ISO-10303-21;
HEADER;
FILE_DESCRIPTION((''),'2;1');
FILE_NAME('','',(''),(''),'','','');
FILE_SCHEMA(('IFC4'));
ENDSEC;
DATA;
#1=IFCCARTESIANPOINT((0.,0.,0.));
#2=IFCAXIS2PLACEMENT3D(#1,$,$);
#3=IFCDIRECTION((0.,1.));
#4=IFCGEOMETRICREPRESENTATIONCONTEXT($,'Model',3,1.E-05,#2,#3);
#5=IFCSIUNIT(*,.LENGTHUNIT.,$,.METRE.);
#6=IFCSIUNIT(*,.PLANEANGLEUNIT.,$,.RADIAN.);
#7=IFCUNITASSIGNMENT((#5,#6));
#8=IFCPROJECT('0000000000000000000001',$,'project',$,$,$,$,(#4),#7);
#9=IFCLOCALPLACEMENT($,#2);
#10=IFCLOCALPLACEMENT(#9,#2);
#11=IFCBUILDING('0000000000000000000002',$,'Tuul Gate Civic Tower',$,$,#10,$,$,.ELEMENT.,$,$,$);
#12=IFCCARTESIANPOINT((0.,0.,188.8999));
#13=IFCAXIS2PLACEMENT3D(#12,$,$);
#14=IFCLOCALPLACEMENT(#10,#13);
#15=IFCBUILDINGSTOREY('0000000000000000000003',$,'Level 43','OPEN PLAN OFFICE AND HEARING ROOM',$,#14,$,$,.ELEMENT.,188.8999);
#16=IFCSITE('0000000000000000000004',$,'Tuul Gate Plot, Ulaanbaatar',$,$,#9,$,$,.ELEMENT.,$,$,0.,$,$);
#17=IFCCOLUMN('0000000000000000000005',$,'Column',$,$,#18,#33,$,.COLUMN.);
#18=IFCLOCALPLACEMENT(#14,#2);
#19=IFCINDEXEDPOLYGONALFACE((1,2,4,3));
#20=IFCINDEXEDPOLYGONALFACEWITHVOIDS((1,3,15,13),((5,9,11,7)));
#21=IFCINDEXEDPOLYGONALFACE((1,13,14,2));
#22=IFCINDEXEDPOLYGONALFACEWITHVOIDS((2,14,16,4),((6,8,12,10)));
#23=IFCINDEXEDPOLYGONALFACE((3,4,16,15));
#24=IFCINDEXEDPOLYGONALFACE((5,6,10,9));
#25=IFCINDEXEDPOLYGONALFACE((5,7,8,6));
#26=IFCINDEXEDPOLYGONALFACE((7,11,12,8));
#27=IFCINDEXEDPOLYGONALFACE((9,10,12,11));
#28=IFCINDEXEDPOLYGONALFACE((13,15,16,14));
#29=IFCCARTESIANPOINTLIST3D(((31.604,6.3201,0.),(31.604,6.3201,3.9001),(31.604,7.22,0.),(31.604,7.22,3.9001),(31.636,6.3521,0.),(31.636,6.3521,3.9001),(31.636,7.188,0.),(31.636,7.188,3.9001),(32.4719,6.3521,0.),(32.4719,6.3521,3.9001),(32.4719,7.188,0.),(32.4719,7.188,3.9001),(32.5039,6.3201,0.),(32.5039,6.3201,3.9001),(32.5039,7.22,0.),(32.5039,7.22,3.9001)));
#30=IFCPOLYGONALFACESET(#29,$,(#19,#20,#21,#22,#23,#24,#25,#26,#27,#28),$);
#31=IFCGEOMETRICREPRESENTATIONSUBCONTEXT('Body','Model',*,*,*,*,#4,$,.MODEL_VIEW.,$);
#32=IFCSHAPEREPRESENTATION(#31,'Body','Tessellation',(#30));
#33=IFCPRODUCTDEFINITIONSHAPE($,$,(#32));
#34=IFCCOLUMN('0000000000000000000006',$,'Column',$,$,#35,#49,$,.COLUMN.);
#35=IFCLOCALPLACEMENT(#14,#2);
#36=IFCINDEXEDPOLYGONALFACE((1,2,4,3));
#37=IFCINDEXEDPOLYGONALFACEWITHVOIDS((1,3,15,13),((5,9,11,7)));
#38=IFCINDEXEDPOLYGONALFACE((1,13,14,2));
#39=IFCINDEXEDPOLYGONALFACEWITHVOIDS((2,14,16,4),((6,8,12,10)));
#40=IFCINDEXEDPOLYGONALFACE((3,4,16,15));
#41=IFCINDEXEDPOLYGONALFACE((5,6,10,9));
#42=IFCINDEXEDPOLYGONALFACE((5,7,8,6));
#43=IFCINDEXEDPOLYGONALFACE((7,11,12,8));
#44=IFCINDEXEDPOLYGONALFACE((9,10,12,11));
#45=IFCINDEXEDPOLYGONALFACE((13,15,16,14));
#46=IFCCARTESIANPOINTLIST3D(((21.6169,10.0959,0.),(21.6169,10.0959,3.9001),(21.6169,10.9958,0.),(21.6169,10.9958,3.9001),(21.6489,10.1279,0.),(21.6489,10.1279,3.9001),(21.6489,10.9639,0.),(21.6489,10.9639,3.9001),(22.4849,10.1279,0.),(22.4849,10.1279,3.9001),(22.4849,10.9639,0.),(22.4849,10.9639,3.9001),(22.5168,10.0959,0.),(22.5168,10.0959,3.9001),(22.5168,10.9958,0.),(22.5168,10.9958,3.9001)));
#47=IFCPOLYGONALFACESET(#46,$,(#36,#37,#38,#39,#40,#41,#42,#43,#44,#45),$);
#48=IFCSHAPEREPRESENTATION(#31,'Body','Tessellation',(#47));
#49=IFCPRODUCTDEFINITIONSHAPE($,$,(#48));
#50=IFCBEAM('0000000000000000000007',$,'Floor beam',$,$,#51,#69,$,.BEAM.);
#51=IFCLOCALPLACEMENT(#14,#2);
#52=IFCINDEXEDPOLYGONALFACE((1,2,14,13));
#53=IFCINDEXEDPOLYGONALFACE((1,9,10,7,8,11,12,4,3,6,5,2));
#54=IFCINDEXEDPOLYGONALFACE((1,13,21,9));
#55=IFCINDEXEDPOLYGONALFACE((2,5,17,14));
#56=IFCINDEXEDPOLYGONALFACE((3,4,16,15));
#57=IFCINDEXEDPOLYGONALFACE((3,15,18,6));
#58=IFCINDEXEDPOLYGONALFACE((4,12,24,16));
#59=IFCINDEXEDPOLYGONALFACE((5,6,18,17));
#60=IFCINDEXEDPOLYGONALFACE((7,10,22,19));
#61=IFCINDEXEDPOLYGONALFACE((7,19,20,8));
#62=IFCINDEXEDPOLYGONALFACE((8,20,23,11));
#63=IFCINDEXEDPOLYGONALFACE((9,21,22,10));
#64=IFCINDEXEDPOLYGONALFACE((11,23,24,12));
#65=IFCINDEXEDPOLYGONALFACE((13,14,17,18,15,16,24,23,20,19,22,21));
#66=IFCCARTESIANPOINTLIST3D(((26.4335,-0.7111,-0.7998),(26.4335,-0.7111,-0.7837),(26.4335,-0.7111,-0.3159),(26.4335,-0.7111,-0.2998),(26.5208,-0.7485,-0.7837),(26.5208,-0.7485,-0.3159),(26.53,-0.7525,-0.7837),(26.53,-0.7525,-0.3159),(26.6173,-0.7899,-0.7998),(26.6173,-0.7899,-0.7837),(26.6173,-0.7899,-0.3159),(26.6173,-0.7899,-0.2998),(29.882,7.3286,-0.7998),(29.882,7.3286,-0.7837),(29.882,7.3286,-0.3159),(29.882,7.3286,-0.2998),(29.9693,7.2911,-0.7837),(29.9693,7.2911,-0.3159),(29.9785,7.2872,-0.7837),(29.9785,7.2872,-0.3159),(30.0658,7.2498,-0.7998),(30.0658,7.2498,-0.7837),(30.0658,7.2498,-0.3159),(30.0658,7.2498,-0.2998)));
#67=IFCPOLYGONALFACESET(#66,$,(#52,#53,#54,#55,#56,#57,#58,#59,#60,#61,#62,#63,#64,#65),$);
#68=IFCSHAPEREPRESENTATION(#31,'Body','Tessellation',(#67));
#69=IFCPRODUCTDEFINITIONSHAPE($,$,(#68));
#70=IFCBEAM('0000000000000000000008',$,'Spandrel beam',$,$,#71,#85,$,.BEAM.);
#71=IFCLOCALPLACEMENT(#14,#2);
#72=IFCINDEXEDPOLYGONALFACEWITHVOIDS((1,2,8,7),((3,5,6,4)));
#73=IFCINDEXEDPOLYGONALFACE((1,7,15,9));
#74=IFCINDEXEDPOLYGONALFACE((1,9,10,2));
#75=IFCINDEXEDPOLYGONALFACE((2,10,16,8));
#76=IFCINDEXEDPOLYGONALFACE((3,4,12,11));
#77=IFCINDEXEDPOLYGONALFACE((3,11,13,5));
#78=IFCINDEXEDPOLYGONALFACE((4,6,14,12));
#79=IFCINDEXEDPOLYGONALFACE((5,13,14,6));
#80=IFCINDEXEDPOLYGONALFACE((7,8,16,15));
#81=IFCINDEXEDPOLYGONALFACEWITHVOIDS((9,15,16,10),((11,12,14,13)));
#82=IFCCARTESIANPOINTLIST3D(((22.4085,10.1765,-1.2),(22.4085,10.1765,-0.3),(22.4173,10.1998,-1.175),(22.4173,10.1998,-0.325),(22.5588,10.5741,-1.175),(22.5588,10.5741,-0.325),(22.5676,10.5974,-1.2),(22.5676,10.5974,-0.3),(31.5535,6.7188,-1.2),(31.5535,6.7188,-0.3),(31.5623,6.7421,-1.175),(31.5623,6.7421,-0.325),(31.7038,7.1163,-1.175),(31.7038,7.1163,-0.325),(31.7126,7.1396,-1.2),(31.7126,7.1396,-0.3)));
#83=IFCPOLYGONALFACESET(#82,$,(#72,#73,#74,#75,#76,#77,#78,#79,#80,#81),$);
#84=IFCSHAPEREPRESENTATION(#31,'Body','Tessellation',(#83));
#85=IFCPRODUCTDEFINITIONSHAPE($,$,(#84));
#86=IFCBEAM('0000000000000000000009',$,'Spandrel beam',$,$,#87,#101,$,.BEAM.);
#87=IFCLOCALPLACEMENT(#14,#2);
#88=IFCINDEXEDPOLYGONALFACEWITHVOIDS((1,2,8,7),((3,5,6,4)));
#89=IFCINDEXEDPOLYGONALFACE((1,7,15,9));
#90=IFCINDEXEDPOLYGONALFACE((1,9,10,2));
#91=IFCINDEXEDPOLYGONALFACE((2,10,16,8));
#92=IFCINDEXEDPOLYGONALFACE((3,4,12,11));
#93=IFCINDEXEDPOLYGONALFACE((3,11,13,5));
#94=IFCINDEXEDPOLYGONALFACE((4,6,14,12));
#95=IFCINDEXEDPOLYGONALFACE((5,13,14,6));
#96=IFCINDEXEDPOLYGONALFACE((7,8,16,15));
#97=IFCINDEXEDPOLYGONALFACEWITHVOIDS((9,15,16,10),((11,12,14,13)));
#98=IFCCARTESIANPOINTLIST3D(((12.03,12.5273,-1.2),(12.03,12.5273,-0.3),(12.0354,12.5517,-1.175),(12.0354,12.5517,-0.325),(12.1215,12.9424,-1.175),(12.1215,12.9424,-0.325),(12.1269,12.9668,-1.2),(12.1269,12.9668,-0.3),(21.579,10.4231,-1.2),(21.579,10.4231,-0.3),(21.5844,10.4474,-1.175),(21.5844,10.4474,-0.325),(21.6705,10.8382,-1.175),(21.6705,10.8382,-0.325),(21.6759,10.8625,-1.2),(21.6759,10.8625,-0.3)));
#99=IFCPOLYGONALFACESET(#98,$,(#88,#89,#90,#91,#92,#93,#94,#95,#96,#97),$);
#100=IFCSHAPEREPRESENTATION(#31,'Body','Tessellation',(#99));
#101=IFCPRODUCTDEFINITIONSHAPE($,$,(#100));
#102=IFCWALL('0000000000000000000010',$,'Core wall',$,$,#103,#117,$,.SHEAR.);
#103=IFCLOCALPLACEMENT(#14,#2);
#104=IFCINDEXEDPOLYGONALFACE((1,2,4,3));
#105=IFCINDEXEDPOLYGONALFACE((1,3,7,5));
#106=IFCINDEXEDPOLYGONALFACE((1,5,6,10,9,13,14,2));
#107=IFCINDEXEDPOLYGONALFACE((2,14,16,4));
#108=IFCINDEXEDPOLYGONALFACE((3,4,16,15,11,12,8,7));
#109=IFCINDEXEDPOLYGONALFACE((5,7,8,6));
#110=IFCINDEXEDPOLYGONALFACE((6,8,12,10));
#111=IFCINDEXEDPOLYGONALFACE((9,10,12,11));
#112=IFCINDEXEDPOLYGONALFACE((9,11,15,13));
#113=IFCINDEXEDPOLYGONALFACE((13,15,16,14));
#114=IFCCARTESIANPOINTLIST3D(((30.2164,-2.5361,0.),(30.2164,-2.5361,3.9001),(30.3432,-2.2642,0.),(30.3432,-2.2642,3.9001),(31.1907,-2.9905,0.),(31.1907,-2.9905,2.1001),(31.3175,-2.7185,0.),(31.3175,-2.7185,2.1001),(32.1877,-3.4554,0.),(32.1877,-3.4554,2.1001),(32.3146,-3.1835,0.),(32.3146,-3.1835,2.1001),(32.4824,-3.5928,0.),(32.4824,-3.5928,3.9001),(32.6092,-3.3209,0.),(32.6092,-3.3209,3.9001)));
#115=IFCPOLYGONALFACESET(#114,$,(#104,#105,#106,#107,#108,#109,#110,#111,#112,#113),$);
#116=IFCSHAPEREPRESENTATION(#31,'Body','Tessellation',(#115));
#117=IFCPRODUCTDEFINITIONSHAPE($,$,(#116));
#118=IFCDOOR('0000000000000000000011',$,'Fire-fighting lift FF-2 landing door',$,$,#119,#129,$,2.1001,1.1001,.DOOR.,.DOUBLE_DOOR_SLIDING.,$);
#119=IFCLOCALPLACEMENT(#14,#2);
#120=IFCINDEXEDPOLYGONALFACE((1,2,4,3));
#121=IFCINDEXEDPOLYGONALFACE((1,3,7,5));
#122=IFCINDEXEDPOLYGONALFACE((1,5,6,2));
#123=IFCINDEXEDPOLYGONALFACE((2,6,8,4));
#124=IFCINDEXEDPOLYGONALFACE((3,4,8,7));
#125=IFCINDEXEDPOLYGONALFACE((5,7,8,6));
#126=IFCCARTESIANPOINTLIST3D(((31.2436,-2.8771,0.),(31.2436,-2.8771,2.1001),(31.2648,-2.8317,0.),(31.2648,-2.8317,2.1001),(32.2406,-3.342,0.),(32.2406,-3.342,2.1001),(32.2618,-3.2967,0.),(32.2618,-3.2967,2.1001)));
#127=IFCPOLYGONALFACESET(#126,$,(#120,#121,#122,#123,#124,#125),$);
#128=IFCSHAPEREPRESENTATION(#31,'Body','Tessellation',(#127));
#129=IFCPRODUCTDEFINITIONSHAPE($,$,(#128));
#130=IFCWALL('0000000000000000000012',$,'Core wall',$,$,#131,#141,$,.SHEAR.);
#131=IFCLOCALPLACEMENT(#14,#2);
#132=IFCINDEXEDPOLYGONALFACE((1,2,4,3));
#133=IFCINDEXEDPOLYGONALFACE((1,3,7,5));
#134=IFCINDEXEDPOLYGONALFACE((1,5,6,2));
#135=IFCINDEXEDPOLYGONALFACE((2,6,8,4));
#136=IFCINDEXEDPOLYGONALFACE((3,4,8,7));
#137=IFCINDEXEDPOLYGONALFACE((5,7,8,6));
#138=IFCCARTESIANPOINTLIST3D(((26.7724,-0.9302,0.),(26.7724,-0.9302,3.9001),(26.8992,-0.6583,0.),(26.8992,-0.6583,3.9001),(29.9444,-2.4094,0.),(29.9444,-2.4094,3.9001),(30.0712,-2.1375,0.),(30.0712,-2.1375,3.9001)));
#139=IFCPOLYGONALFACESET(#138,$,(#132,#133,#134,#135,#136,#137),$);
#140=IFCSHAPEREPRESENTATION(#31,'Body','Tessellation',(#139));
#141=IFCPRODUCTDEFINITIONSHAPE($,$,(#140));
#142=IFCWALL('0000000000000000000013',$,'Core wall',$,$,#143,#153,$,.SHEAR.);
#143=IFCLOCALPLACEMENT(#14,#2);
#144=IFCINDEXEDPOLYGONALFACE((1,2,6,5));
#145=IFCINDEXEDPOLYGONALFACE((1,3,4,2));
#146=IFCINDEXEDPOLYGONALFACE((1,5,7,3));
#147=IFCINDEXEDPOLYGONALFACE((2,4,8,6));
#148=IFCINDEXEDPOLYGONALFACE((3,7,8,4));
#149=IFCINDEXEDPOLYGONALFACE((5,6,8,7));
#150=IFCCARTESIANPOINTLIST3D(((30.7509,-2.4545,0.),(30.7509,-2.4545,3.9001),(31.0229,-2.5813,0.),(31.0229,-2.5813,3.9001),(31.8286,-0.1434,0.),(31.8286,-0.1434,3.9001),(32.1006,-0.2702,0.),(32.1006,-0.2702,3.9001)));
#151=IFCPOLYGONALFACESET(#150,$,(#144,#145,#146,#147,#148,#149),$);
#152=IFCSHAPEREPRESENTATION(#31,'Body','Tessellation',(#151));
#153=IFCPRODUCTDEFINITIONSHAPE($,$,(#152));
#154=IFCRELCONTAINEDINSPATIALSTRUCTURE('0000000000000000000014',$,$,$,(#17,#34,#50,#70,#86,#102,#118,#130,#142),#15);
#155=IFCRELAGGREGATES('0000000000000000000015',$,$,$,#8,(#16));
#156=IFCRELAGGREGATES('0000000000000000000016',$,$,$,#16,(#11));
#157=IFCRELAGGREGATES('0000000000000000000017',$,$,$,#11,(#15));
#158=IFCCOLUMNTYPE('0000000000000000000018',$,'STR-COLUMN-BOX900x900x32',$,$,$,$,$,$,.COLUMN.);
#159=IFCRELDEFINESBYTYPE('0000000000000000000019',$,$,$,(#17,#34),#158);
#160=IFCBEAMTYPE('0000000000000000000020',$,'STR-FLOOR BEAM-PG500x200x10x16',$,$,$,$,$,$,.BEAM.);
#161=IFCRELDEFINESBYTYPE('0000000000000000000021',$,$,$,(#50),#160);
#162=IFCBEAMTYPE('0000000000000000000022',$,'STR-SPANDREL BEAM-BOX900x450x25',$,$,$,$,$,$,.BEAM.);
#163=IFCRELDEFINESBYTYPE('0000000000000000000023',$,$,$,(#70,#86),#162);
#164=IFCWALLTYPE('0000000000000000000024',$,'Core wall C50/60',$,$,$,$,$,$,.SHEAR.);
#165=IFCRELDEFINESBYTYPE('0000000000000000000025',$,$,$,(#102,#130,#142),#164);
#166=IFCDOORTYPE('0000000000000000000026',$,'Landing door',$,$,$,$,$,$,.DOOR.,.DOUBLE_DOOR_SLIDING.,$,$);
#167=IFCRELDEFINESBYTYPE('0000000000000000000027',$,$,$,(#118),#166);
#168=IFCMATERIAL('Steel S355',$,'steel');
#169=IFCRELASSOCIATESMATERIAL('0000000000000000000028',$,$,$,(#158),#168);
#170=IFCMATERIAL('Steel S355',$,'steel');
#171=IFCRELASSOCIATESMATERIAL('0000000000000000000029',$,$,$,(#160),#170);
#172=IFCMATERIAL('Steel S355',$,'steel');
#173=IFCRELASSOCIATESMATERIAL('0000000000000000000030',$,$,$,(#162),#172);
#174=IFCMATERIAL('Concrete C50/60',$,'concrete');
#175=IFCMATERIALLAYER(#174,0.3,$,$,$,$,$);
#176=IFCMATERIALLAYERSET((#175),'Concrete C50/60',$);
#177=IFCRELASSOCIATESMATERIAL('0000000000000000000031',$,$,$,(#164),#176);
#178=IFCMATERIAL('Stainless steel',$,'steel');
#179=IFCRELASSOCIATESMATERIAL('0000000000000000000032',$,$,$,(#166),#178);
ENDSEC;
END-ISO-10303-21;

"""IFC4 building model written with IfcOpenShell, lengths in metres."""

from ifc_helpers import new_model, si_unit, direction, frame, frame_2d, origin, origin_2d, place, context, subcontext, project, spatial, rectangle, hollow_rectangle, i_section, extrude, material, layer, layer_set, material_profile, profile_set, type_object, element, fill, save


model = new_model("IFC4")

# Units and contexts
model_context = context("Model", 3, precision=1e-05, world=origin(), true_north=direction((0.0, 1.0)))
body_context = subcontext(model_context, "Body", "Model", "MODEL_VIEW")
ifc_project = project(units=[si_unit("LENGTHUNIT", "METRE"), si_unit("PLANEANGLEUNIT", "RADIAN")], contexts=[model_context])

# Site, building, storey
site_placement = place(None, origin())
site = spatial("IfcSite", under=ifc_project, at=site_placement, Name="Tuul Gate Plot, Ulaanbaatar", CompositionType="ELEMENT", RefElevation=0.0)
building_placement = place(site_placement, origin())
building = spatial("IfcBuilding", under=site, at=building_placement, Name="Tuul Gate Civic Tower", CompositionType="ELEMENT")
storey_placement = place(building_placement, frame((0.0, 0.0, 188.8999)))
storey = spatial("IfcBuildingStorey", under=building, at=storey_placement, Name="Level 43", Description="OPEN PLAN OFFICE AND HEARING ROOM", CompositionType="ELEMENT", Elevation=188.8999)

# Columns
ifc_material_1 = material(Name="Steel S355", Category="steel")
ifc_material_profile_1 = material_profile(ifc_material_1, hollow_rectangle(XDim=0.8999, YDim=0.8999, WallThickness=0.032, at=origin_2d()), Name="BOX900x900x32")
ifc_profile_set_1 = profile_set([ifc_material_profile_1], Name="Steel S355")
column_type = type_object("IfcColumnType", Name="STR-COLUMN-BOX900x900x32", PredefinedType="COLUMN", material=ifc_profile_set_1)
for number, where, z_axis, x_axis, name in (
    (1, (32.054, 6.77, 0.0), (0.0, 0.0, 1.0), (1.0, 0.0, 0.0), "Column"),
    (2, (22.0669, 10.5459, 0.0), (0.0, 0.0, 1.0), (1.0, 0.0, 0.0), "Column"),
):
    element("IfcColumn", number, at=place(storey_placement, frame(where, z_axis=z_axis, x_axis=x_axis)), inside=storey, type_object=column_type, Name=name, PredefinedType="COLUMN", context=body_context, shape_type="SweptSolid", body=[
        extrude(hollow_rectangle(XDim=0.8999, YDim=0.8999, WallThickness=0.032, at=origin_2d()), origin(), (0.0, 0.0, 1.0), 3.9001),
    ])

# Beams
ifc_material_2 = material(Name="Steel S355", Category="steel")
ifc_material_profile_2 = material_profile(ifc_material_2, i_section(OverallWidth=0.2, OverallDepth=0.5, WebThickness=0.01, FlangeThickness=0.0161, at=origin_2d()), Name="PG500x200x10x16")
ifc_profile_set_2 = profile_set([ifc_material_profile_2], Name="Steel S355")
beam_type_1 = type_object("IfcBeamType", Name="STR-FLOOR BEAM-PG500x200x10x16", PredefinedType="BEAM", material=ifc_profile_set_2)
beam_1_placement = place(storey_placement, frame((26.5254, -0.7505, -0.5498), z_axis=(0.394206, 0.919022, 0.0), x_axis=(-0.919022, 0.394206, 0.0)))
element("IfcBeam", 3, at=beam_1_placement, inside=storey, type_object=beam_type_1, Name="Floor beam", PredefinedType="BEAM", context=body_context, shape_type="SweptSolid", body=[
    extrude(i_section(OverallWidth=0.2, OverallDepth=0.5, WebThickness=0.01, FlangeThickness=0.0161, at=origin_2d()), origin(), (0.0, 0.0, 1.0), 8.748),
])
ifc_material_3 = material(Name="Steel S355", Category="steel")
ifc_material_profile_3 = material_profile(ifc_material_3, hollow_rectangle(XDim=0.45, YDim=0.8999, WallThickness=0.0249, at=origin_2d()), Name="BOX900x450x25")
ifc_profile_set_3 = profile_set([ifc_material_profile_3], Name="Steel S355")
beam_type_2 = type_object("IfcBeamType", Name="STR-SPANDREL BEAM-BOX900x450x25", PredefinedType="BEAM", material=ifc_profile_set_3)
beam_2_placement = place(storey_placement, frame((31.6331, 6.9292, -0.75), z_axis=(-0.935371, 0.353667, 0.0), x_axis=(-0.353667, -0.935371, 0.0)))
element("IfcBeam", 4, at=beam_2_placement, inside=storey, type_object=beam_type_2, Name="Spandrel beam", PredefinedType="BEAM", context=body_context, shape_type="SweptSolid", body=[
    extrude(hollow_rectangle(XDim=0.45, YDim=0.8999, WallThickness=0.0249, at=origin_2d()), origin(), (0.0, 0.0, 1.0), 9.7769),
])
beam_3_placement = place(storey_placement, frame((21.6274, 10.6428, -0.75), z_axis=(-0.97657, 0.215199, 0.0), x_axis=(-0.215199, -0.97657, 0.0)))
element("IfcBeam", 5, at=beam_3_placement, inside=storey, type_object=beam_type_2, Name="Spandrel beam", PredefinedType="BEAM", context=body_context, shape_type="SweptSolid", body=[
    extrude(hollow_rectangle(XDim=0.45, YDim=0.8999, WallThickness=0.0249, at=origin_2d()), origin(), (0.0, 0.0, 1.0), 9.7781),
])

# Wall, opening, door
ifc_material_4 = material(Name="Concrete C50/60", Category="concrete")
ifc_layer_1 = layer(ifc_material_4, 0.3)
ifc_layer_set_1 = layer_set([ifc_layer_1], Name="Concrete C50/60")
wall_type_1 = type_object("IfcWallType", Name="Core wall C50/60", PredefinedType="SHEAR", material=ifc_layer_set_1)
wall_1_placement = place(storey_placement, frame((32.5457, -3.4568, 0.0), z_axis=(0.0, 0.0, 1.0), x_axis=(-0.9063, 0.422634, 0.0)))
wall_1 = element("IfcWall", 6, at=wall_1_placement, inside=storey, type_object=wall_type_1, Name="Core wall", PredefinedType="SHEAR", context=body_context, shape_type="SweptSolid", body=[
    extrude(rectangle(XDim=2.5002, YDim=0.3, at=frame_2d((1.25, 0.0))), origin(), (0.0, 0.0, 1.0), 3.9001),
])
opening_1_placement = place(wall_1_placement, frame((0.325, 0.0, 0.0)))
opening_1 = element("IfcOpeningElement", 7, at=opening_1_placement, cuts=wall_1, PredefinedType="OPENING", context=body_context, shape_type="SweptSolid", body=[
    extrude(rectangle(XDim=1.1001, YDim=2.1001, at=frame_2d((0.55, 1.05))), frame((0.0, 0.1602, 0.0), z_axis=(0.0, -1.0, 0.0), x_axis=(1.0, 0.0, 0.0)), (0.0, 0.0, 1.0), 0.3201),
])
ifc_material_5 = material(Name="Stainless steel", Category="steel")
door_type_1 = type_object("IfcDoorType", Name="Landing door", OperationType="DOUBLE_DOOR_SLIDING", PredefinedType="DOOR", material=ifc_material_5)
door_1_placement = place(opening_1_placement, origin())
door_1 = element("IfcDoor", 8, at=door_1_placement, inside=storey, type_object=door_type_1, Name="Fire-fighting lift FF-2 landing door", OperationType="DOUBLE_DOOR_SLIDING", OverallHeight=2.1001, OverallWidth=1.1001, PredefinedType="DOOR", context=body_context, shape_type="SweptSolid", body=[
    extrude(rectangle(XDim=1.1001, YDim=2.1001, at=frame_2d((0.55, 1.05))), frame((0.0, 0.0249, 0.0), z_axis=(0.0, -1.0, 0.0), x_axis=(1.0, 0.0, 0.0)), (0.0, 0.0, 1.0), 0.05),
])
fill(opening_1, door_1)

# Walls
wall_2_placement = place(storey_placement, frame((30.0078, -2.2734, 0.0), z_axis=(0.0, 0.0, 1.0), x_axis=(-0.906301, 0.422633, 0.0)))
element("IfcWall", 9, at=wall_2_placement, inside=storey, type_object=wall_type_1, Name="Core wall", PredefinedType="SHEAR", context=body_context, shape_type="SweptSolid", body=[
    extrude(rectangle(XDim=3.5, YDim=0.3, at=frame_2d((1.75, 0.0))), origin(), (0.0, 0.0, 1.0), 3.9001),
])
wall_3_placement = place(storey_placement, frame((30.887, -2.5178, 0.0), z_axis=(0.0, 0.0, 1.0), x_axis=(0.422613, 0.90631, 0.0)))
element("IfcWall", 10, at=wall_3_placement, inside=storey, type_object=wall_type_1, Name="Core wall", PredefinedType="SHEAR", context=body_context, shape_type="SweptSolid", body=[
    extrude(rectangle(XDim=2.55, YDim=0.3, at=frame_2d((1.2749, 0.0))), origin(), (0.0, 0.0, 1.0), 3.9001),
])

save(model, "model.ifc")
